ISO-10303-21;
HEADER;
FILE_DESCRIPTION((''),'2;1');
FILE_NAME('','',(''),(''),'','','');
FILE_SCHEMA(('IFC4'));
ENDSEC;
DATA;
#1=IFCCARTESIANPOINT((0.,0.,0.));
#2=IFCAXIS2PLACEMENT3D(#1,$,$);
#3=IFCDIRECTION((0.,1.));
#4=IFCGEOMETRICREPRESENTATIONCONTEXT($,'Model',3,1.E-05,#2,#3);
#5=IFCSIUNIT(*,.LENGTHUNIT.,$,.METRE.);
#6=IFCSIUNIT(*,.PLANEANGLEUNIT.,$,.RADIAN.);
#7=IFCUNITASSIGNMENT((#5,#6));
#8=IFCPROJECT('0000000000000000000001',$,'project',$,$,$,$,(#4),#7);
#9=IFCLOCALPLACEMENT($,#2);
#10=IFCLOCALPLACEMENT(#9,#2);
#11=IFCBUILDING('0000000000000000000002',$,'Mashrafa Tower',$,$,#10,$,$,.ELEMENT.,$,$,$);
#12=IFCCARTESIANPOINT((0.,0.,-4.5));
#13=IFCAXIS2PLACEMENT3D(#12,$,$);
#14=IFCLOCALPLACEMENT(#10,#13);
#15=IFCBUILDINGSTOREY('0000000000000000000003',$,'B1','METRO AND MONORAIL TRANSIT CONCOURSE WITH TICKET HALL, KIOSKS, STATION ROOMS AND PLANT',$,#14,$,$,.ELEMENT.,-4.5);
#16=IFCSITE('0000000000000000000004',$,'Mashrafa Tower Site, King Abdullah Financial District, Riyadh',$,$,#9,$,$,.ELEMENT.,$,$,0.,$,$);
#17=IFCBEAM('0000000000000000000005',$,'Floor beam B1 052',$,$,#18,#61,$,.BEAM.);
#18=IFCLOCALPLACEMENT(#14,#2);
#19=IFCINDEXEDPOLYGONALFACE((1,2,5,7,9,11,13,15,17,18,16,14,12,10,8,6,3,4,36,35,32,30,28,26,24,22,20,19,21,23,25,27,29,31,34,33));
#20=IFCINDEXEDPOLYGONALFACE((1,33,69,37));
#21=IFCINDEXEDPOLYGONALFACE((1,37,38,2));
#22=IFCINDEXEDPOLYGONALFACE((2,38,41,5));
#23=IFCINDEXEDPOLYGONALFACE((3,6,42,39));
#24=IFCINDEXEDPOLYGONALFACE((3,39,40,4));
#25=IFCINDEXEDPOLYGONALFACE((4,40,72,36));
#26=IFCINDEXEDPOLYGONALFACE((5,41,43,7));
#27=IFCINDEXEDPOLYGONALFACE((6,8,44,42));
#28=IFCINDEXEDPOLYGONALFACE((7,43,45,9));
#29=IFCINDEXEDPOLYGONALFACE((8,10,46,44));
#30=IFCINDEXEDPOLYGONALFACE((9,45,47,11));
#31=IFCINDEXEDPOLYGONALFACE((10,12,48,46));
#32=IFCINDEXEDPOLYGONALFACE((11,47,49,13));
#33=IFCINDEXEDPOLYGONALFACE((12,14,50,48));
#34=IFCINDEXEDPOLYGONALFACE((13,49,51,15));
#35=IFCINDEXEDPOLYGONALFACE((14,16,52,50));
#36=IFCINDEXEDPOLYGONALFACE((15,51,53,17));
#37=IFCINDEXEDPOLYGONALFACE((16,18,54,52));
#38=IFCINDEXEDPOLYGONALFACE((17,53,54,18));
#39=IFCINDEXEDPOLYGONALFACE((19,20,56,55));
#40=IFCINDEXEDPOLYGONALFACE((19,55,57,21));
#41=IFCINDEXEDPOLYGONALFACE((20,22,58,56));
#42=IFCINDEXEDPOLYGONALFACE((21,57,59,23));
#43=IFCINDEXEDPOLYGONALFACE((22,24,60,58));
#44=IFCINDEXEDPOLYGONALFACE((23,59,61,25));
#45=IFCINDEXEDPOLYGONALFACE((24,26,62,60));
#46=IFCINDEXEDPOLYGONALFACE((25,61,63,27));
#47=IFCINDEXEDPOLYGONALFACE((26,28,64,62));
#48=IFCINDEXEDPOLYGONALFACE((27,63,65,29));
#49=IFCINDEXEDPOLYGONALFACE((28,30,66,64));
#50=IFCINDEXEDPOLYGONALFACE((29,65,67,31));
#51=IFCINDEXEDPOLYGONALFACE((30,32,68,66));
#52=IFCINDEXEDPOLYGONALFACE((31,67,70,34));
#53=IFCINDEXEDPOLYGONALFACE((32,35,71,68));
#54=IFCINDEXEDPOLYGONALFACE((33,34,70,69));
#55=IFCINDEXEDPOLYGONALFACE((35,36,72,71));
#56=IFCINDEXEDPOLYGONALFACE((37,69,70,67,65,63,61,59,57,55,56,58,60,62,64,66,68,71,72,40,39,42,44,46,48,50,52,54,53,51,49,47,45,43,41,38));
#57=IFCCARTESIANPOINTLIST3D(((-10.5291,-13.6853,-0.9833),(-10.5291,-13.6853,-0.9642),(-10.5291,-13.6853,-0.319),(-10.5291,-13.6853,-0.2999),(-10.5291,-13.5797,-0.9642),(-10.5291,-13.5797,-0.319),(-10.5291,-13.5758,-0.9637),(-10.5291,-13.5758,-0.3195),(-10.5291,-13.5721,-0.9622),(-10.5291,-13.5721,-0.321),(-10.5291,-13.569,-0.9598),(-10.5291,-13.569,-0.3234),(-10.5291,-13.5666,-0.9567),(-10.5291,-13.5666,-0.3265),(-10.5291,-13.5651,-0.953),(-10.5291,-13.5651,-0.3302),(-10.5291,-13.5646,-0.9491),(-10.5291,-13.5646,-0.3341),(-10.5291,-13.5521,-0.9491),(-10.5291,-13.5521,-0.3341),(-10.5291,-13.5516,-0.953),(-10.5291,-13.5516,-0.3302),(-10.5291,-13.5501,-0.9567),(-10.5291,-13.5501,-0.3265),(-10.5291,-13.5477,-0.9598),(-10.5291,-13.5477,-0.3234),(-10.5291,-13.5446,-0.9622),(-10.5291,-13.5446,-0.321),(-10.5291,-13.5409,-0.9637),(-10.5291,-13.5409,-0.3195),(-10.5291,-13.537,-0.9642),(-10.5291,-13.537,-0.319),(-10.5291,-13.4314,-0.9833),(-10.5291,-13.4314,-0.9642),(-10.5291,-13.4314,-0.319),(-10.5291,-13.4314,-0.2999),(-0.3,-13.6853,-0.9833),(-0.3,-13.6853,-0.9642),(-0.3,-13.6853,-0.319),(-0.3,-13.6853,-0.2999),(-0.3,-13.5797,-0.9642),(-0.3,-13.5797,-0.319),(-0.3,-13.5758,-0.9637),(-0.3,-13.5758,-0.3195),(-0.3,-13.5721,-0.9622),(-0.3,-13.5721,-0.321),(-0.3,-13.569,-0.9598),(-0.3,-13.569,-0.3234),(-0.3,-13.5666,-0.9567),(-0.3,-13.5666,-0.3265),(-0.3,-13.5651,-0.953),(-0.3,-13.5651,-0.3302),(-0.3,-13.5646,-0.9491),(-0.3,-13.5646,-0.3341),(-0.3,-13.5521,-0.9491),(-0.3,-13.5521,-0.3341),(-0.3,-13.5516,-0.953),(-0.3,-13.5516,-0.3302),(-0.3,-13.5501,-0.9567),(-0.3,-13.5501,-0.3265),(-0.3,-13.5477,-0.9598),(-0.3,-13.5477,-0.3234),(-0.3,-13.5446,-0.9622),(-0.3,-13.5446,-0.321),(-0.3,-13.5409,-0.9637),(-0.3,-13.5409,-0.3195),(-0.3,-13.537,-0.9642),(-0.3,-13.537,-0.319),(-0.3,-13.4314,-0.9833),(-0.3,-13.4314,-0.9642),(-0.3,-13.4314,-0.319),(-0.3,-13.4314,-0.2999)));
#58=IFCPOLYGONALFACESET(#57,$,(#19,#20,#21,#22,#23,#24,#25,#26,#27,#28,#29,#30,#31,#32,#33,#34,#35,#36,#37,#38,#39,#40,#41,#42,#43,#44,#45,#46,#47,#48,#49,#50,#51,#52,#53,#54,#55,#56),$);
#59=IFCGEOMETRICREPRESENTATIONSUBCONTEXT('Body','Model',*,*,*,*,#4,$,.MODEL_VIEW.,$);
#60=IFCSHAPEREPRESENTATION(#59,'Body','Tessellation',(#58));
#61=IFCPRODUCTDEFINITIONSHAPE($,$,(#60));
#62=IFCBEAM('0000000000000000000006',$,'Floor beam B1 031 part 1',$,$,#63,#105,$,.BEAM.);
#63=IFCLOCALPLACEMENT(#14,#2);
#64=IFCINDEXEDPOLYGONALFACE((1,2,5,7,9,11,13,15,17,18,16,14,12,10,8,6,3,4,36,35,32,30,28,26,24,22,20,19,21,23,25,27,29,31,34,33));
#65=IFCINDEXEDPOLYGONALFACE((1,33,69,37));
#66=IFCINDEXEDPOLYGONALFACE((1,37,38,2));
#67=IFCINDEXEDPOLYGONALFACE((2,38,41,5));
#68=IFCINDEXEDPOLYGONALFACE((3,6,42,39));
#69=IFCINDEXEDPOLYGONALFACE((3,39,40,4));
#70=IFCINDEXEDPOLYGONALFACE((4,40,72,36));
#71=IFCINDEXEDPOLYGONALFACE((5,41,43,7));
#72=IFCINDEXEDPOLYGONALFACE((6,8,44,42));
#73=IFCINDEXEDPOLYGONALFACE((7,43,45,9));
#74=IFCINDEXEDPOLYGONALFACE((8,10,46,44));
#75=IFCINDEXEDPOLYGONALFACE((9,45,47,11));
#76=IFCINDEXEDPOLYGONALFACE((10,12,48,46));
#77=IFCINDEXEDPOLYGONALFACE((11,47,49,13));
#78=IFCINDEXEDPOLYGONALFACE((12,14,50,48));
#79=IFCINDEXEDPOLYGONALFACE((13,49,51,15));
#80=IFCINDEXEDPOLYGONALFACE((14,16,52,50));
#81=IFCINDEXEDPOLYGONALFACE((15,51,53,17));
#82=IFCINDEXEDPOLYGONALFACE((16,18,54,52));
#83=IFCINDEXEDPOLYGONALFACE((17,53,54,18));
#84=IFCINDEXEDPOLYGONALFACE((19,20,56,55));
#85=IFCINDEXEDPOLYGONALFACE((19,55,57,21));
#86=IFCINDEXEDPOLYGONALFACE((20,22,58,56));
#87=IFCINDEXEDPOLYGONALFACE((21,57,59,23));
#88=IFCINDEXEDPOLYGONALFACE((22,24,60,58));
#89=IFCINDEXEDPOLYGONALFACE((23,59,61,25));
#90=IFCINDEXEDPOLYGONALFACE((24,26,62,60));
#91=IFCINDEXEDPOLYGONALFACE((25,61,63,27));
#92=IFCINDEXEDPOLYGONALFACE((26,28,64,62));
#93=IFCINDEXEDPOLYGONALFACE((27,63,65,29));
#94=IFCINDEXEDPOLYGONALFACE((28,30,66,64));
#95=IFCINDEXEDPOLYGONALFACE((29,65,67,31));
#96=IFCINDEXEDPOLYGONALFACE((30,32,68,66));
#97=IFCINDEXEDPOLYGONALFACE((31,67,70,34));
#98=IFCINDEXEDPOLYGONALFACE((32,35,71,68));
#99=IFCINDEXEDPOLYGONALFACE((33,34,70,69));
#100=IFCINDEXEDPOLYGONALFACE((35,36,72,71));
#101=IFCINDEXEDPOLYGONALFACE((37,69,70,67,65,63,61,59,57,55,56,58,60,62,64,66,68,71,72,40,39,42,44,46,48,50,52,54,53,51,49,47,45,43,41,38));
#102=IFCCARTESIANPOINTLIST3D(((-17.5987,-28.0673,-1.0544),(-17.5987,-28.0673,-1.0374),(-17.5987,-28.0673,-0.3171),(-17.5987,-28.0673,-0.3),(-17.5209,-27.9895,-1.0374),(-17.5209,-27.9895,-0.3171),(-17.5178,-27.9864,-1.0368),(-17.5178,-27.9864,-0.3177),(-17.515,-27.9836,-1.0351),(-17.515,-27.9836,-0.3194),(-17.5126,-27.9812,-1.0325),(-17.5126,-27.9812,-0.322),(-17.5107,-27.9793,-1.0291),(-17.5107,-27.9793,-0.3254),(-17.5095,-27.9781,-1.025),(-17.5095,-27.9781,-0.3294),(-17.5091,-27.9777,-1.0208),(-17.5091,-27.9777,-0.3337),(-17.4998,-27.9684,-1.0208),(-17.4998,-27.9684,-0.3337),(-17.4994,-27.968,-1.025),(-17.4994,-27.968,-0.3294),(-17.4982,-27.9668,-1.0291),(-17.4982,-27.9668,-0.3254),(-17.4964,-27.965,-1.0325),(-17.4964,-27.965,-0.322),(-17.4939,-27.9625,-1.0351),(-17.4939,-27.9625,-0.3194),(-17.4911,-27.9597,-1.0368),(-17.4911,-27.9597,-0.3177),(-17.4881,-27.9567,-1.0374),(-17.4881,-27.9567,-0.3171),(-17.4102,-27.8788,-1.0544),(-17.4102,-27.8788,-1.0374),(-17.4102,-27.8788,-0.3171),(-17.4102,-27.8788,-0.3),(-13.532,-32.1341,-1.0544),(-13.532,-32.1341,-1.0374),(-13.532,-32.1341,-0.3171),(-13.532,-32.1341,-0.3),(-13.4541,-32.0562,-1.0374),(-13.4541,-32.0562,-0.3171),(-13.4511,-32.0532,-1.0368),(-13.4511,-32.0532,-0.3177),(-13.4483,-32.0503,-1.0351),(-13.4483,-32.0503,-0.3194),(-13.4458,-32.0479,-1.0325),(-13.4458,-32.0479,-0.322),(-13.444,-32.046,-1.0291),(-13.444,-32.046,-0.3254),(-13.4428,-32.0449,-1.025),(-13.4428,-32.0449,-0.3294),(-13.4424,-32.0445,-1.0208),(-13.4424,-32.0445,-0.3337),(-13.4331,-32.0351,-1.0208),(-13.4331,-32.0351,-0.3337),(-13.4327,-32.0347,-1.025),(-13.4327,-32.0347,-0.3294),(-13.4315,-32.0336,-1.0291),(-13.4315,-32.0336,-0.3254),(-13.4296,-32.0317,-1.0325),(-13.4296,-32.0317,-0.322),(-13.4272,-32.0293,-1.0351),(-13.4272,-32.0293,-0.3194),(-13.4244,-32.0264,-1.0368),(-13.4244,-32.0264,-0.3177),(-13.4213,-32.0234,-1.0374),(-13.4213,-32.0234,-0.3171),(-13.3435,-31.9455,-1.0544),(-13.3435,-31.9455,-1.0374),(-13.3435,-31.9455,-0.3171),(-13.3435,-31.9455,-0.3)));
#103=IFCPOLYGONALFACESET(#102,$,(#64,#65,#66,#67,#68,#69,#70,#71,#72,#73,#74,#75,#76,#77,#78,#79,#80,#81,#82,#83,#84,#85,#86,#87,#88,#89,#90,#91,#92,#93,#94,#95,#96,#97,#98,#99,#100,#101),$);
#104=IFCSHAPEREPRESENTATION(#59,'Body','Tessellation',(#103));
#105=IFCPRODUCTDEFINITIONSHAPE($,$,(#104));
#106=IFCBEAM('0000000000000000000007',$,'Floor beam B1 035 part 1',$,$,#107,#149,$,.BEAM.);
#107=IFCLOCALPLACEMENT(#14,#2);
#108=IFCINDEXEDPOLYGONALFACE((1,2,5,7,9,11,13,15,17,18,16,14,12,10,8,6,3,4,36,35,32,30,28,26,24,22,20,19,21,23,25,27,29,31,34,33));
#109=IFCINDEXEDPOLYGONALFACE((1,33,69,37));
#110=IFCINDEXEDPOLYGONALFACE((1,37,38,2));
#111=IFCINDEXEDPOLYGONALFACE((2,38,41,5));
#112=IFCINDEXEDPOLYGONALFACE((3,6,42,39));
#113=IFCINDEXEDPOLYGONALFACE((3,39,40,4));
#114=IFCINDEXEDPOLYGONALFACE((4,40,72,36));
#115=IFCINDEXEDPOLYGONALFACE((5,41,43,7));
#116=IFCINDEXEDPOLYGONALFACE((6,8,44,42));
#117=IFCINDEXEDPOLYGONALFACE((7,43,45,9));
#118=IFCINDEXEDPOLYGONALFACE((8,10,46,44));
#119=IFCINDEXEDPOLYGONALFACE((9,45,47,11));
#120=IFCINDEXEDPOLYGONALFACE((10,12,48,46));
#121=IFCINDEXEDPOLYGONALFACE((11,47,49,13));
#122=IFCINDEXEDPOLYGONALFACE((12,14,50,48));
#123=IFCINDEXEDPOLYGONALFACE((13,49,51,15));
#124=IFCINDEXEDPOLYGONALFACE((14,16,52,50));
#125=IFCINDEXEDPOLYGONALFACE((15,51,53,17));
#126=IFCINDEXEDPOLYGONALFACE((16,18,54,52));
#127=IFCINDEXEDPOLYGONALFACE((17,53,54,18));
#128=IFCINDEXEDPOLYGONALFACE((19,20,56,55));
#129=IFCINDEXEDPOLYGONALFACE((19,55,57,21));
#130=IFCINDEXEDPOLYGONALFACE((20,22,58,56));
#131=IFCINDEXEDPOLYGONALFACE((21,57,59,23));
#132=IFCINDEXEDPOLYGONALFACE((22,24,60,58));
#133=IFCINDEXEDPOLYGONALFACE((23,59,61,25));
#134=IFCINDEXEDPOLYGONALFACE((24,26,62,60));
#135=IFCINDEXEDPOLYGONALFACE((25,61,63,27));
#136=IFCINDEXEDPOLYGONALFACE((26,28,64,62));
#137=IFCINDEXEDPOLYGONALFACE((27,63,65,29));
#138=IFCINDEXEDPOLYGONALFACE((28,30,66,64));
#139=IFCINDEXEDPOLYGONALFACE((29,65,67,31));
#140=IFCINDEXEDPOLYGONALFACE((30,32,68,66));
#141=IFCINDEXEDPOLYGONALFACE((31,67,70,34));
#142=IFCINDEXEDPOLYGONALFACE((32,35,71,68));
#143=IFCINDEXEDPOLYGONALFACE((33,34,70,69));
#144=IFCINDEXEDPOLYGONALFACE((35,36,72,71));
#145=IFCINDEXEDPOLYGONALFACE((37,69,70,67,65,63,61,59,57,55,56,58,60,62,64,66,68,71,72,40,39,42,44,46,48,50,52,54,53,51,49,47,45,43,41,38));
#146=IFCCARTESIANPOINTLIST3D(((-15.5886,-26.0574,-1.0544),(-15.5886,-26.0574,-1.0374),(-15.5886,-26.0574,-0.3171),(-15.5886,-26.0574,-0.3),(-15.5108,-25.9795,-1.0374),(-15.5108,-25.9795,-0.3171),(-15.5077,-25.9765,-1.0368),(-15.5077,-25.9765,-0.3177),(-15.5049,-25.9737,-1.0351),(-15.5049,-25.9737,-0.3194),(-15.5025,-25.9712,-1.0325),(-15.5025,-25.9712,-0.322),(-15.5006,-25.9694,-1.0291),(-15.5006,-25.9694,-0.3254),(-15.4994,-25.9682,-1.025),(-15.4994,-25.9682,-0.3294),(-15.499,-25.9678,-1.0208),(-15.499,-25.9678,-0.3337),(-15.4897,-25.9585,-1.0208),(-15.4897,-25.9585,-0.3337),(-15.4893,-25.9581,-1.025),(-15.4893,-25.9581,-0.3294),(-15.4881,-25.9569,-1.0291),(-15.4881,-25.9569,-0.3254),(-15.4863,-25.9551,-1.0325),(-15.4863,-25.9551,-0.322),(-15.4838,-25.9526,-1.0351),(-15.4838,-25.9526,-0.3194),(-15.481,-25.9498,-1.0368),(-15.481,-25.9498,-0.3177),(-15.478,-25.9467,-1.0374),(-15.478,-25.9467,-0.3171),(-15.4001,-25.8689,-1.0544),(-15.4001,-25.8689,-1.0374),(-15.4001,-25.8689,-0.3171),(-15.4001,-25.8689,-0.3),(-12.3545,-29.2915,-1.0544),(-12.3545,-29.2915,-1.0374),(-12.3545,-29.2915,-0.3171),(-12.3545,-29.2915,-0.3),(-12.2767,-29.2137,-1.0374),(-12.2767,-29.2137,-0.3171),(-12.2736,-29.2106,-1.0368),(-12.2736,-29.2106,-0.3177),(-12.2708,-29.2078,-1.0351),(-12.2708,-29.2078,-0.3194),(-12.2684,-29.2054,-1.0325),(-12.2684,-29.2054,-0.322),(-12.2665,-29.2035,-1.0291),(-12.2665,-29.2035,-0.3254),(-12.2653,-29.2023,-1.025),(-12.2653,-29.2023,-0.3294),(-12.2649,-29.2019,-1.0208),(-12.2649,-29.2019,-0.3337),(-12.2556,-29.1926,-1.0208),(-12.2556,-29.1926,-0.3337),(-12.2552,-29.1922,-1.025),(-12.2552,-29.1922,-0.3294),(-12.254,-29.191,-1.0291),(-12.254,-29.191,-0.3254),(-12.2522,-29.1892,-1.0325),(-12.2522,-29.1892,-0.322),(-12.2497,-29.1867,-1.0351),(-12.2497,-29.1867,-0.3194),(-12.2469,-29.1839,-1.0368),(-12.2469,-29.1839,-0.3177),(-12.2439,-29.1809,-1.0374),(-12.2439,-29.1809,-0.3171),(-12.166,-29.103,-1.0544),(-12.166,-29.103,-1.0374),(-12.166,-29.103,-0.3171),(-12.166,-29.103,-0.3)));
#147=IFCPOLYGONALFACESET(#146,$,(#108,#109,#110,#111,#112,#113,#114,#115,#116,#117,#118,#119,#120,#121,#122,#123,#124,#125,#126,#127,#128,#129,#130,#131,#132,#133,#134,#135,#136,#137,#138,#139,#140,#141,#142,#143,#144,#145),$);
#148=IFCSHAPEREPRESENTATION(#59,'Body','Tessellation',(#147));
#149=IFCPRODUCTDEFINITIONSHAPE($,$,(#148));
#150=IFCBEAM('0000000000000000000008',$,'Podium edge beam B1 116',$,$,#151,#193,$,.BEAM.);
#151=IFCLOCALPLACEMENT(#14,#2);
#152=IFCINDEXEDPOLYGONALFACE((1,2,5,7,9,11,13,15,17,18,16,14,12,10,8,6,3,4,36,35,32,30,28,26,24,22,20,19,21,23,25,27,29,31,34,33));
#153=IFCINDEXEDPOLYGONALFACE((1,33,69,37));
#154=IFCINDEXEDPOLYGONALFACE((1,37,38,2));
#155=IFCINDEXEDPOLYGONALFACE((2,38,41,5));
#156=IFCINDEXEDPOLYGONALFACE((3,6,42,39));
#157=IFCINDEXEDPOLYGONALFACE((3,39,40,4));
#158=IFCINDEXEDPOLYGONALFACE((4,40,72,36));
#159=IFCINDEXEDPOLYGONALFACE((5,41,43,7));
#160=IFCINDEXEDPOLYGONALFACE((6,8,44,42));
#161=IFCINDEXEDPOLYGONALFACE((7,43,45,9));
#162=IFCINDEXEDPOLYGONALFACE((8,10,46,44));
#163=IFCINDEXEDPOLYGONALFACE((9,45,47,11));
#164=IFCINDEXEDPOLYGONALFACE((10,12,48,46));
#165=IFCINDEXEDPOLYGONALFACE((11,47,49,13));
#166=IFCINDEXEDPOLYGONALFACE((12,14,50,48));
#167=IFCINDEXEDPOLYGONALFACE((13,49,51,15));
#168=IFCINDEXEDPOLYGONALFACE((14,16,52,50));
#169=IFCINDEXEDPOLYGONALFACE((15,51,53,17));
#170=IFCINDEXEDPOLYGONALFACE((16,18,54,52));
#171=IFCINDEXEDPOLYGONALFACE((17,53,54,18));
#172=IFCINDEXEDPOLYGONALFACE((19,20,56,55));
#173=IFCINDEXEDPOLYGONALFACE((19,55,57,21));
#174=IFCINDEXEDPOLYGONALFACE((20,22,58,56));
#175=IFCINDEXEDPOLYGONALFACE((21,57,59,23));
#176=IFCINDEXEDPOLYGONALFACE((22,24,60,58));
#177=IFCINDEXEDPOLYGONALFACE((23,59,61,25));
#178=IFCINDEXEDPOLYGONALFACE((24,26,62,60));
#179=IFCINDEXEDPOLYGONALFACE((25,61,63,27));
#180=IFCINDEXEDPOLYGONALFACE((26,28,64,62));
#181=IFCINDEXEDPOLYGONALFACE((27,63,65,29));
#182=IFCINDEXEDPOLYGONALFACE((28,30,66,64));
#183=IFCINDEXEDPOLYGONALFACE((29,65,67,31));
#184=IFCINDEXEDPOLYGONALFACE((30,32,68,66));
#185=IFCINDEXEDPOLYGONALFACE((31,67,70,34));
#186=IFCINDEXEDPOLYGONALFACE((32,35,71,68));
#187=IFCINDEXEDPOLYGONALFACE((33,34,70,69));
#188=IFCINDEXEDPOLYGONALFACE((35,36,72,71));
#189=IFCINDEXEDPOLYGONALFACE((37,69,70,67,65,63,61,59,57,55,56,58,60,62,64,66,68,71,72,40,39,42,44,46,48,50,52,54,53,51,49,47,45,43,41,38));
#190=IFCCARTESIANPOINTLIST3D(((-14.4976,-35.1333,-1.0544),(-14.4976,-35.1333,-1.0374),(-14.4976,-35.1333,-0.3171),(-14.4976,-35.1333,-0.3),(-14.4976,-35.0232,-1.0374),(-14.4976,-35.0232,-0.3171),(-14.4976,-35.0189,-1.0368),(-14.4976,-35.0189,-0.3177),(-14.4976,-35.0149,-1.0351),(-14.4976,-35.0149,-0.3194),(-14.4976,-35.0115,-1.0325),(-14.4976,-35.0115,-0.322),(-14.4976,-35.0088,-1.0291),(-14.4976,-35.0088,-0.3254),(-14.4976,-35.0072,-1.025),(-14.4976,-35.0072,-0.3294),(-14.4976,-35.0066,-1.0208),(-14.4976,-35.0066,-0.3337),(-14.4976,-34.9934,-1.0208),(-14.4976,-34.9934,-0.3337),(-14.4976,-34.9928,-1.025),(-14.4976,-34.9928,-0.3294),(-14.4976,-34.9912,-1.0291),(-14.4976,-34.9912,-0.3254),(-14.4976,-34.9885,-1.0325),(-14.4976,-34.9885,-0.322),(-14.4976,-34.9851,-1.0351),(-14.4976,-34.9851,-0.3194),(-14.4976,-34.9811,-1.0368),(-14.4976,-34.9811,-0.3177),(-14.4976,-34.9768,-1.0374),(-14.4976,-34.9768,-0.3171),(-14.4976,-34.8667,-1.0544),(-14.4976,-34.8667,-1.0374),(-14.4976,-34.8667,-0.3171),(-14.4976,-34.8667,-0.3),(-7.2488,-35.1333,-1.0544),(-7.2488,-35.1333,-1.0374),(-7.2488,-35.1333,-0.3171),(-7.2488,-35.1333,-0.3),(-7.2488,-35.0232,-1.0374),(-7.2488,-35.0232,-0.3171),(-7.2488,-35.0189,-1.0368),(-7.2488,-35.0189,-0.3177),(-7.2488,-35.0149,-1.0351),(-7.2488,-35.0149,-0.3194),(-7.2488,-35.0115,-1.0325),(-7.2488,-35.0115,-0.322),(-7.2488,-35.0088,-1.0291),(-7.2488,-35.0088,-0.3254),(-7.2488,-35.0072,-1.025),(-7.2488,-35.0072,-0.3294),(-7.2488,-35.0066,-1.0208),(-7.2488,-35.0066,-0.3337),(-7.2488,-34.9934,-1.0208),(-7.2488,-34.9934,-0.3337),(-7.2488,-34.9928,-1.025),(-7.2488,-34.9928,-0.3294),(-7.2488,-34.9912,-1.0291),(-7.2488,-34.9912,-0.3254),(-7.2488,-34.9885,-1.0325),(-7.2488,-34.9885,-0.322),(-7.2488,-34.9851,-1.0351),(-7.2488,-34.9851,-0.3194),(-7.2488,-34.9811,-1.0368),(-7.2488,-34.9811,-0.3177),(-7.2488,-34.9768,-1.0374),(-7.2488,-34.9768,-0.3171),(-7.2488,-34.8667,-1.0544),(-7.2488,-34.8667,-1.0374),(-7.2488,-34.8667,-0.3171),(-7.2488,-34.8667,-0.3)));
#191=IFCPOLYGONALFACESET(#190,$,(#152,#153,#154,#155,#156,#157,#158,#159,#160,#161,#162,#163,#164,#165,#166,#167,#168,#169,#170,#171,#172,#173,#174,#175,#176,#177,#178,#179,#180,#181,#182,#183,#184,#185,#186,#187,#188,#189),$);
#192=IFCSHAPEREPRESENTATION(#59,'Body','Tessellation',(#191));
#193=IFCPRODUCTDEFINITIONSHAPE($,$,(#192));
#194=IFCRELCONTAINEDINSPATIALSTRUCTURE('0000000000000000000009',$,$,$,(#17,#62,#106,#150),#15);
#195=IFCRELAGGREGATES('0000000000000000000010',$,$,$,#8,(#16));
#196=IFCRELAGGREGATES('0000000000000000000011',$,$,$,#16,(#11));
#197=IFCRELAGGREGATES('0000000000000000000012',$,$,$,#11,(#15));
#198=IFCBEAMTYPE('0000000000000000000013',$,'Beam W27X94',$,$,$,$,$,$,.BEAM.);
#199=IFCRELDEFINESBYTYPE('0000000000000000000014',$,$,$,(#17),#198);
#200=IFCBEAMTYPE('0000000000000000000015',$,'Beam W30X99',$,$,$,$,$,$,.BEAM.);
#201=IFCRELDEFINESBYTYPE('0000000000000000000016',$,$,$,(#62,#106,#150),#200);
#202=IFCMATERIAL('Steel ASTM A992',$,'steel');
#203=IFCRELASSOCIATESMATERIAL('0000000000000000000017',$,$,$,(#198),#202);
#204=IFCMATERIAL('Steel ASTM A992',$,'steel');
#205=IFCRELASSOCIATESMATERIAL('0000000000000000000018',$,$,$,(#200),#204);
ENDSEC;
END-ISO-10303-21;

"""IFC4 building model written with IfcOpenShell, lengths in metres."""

from ifc_helpers import new_model, si_unit, direction, frame, origin, origin_2d, place, context, subcontext, project, spatial, i_section, extrude, material, material_profile, profile_set, type_object, element, save


model = new_model("IFC4")

# Units and contexts
model_context = context("Model", 3, precision=1e-05, world=origin(), true_north=direction((0.0, 1.0)))
body_context = subcontext(model_context, "Body", "Model", "MODEL_VIEW")
ifc_project = project(units=[si_unit("LENGTHUNIT", "METRE"), si_unit("PLANEANGLEUNIT", "RADIAN")], contexts=[model_context])

# Site, building, storey
site_placement = place(None, origin())
site = spatial("IfcSite", under=ifc_project, at=site_placement, Name="Mashrafa Tower Site, King Abdullah Financial District, Riyadh", CompositionType="ELEMENT", RefElevation=0.0)
building_placement = place(site_placement, origin())
building = spatial("IfcBuilding", under=site, at=building_placement, Name="Mashrafa Tower", CompositionType="ELEMENT")
storey_placement = place(building_placement, frame((0.0, 0.0, -4.5)))
storey = spatial("IfcBuildingStorey", under=building, at=storey_placement, Name="B1", Description="METRO AND MONORAIL TRANSIT CONCOURSE WITH TICKET HALL, KIOSKS, STATION ROOMS AND PLANT", CompositionType="ELEMENT", Elevation=-4.5)

# Beams
ifc_material_1 = material(Name="Steel ASTM A992", Category="steel")
ifc_material_profile_1 = material_profile(ifc_material_1, i_section(OverallWidth=0.2539, OverallDepth=0.6833, WebThickness=0.0125, FlangeThickness=0.019, FilletRadius=0.0151, at=origin_2d()), Name="W27X94")
ifc_profile_set_1 = profile_set([ifc_material_profile_1], Name="Steel ASTM A992")
beam_type_1 = type_object("IfcBeamType", Name="Beam W27X94", PredefinedType="BEAM", material=ifc_profile_set_1)
beam_1_placement = place(storey_placement, frame((-0.3, -13.5583, -0.6416), z_axis=(-1.0, 0.0, 0.0), x_axis=(0.0, -1.0, 0.0)))
element("IfcBeam", 1, at=beam_1_placement, inside=storey, type_object=beam_type_1, Name="Floor beam B1 052", PredefinedType="BEAM", context=body_context, shape_type="SweptSolid", body=[
    extrude(i_section(OverallWidth=0.2539, OverallDepth=0.6833, WebThickness=0.0125, FlangeThickness=0.019, FilletRadius=0.0151, at=origin_2d()), origin(), (0.0, 0.0, 1.0), 10.229),
])
ifc_material_2 = material(Name="Steel ASTM A992", Category="steel")
ifc_material_profile_2 = material_profile(ifc_material_2, i_section(OverallWidth=0.2666, OverallDepth=0.7544, WebThickness=0.0132, FlangeThickness=0.0171, FilletRadius=0.0166, at=origin_2d()), Name="W30X99")
ifc_profile_set_2 = profile_set([ifc_material_profile_2], Name="Steel ASTM A992")
beam_type_2 = type_object("IfcBeamType", Name="Beam W30X99", PredefinedType="BEAM", material=ifc_profile_set_2)
beam_2_placement = place(storey_placement, frame((-13.4377, -32.0398, -0.6772), z_axis=(-0.707107, 0.707107, 0.0), x_axis=(-0.707107, -0.707107, 0.0)))
element("IfcBeam", 2, at=beam_2_placement, inside=storey, type_object=beam_type_2, Name="Floor beam B1 031 part 1", PredefinedType="BEAM", context=body_context, shape_type="SweptSolid", body=[
    extrude(i_section(OverallWidth=0.2666, OverallDepth=0.7544, WebThickness=0.0132, FlangeThickness=0.0171, FilletRadius=0.0166, at=origin_2d()), origin(), (0.0, 0.0, 1.0), 5.7512),
])
beam_3_placement = place(storey_placement, frame((-12.2603, -29.1973, -0.6772), z_axis=(-0.707107, 0.707107, 0.0), x_axis=(-0.707107, -0.707107, 0.0)))
element("IfcBeam", 3, at=beam_3_placement, inside=storey, type_object=beam_type_2, Name="Floor beam B1 035 part 1", PredefinedType="BEAM", context=body_context, shape_type="SweptSolid", body=[
    extrude(i_section(OverallWidth=0.2666, OverallDepth=0.7544, WebThickness=0.0132, FlangeThickness=0.0171, FilletRadius=0.0166, at=origin_2d()), origin(), (0.0, 0.0, 1.0), 4.5737),
])
for number, where, z_axis, x_axis, name in (
    (4, (-14.4976, -35.0, -0.6772), (1.0, 0.0, 0.0), (0.0, 1.0, 0.0), "Podium edge beam B1 116"),
):
    element("IfcBeam", number, at=place(storey_placement, frame(where, z_axis=z_axis, x_axis=x_axis)), inside=storey, type_object=beam_type_2, Name=name, PredefinedType="BEAM", context=body_context, shape_type="SweptSolid", body=[
        extrude(i_section(OverallWidth=0.2666, OverallDepth=0.7544, WebThickness=0.0132, FlangeThickness=0.0171, FilletRadius=0.0166, at=origin_2d()), origin(), (0.0, 0.0, 1.0), 7.2488),
    ])

save(model, "model.ifc")
